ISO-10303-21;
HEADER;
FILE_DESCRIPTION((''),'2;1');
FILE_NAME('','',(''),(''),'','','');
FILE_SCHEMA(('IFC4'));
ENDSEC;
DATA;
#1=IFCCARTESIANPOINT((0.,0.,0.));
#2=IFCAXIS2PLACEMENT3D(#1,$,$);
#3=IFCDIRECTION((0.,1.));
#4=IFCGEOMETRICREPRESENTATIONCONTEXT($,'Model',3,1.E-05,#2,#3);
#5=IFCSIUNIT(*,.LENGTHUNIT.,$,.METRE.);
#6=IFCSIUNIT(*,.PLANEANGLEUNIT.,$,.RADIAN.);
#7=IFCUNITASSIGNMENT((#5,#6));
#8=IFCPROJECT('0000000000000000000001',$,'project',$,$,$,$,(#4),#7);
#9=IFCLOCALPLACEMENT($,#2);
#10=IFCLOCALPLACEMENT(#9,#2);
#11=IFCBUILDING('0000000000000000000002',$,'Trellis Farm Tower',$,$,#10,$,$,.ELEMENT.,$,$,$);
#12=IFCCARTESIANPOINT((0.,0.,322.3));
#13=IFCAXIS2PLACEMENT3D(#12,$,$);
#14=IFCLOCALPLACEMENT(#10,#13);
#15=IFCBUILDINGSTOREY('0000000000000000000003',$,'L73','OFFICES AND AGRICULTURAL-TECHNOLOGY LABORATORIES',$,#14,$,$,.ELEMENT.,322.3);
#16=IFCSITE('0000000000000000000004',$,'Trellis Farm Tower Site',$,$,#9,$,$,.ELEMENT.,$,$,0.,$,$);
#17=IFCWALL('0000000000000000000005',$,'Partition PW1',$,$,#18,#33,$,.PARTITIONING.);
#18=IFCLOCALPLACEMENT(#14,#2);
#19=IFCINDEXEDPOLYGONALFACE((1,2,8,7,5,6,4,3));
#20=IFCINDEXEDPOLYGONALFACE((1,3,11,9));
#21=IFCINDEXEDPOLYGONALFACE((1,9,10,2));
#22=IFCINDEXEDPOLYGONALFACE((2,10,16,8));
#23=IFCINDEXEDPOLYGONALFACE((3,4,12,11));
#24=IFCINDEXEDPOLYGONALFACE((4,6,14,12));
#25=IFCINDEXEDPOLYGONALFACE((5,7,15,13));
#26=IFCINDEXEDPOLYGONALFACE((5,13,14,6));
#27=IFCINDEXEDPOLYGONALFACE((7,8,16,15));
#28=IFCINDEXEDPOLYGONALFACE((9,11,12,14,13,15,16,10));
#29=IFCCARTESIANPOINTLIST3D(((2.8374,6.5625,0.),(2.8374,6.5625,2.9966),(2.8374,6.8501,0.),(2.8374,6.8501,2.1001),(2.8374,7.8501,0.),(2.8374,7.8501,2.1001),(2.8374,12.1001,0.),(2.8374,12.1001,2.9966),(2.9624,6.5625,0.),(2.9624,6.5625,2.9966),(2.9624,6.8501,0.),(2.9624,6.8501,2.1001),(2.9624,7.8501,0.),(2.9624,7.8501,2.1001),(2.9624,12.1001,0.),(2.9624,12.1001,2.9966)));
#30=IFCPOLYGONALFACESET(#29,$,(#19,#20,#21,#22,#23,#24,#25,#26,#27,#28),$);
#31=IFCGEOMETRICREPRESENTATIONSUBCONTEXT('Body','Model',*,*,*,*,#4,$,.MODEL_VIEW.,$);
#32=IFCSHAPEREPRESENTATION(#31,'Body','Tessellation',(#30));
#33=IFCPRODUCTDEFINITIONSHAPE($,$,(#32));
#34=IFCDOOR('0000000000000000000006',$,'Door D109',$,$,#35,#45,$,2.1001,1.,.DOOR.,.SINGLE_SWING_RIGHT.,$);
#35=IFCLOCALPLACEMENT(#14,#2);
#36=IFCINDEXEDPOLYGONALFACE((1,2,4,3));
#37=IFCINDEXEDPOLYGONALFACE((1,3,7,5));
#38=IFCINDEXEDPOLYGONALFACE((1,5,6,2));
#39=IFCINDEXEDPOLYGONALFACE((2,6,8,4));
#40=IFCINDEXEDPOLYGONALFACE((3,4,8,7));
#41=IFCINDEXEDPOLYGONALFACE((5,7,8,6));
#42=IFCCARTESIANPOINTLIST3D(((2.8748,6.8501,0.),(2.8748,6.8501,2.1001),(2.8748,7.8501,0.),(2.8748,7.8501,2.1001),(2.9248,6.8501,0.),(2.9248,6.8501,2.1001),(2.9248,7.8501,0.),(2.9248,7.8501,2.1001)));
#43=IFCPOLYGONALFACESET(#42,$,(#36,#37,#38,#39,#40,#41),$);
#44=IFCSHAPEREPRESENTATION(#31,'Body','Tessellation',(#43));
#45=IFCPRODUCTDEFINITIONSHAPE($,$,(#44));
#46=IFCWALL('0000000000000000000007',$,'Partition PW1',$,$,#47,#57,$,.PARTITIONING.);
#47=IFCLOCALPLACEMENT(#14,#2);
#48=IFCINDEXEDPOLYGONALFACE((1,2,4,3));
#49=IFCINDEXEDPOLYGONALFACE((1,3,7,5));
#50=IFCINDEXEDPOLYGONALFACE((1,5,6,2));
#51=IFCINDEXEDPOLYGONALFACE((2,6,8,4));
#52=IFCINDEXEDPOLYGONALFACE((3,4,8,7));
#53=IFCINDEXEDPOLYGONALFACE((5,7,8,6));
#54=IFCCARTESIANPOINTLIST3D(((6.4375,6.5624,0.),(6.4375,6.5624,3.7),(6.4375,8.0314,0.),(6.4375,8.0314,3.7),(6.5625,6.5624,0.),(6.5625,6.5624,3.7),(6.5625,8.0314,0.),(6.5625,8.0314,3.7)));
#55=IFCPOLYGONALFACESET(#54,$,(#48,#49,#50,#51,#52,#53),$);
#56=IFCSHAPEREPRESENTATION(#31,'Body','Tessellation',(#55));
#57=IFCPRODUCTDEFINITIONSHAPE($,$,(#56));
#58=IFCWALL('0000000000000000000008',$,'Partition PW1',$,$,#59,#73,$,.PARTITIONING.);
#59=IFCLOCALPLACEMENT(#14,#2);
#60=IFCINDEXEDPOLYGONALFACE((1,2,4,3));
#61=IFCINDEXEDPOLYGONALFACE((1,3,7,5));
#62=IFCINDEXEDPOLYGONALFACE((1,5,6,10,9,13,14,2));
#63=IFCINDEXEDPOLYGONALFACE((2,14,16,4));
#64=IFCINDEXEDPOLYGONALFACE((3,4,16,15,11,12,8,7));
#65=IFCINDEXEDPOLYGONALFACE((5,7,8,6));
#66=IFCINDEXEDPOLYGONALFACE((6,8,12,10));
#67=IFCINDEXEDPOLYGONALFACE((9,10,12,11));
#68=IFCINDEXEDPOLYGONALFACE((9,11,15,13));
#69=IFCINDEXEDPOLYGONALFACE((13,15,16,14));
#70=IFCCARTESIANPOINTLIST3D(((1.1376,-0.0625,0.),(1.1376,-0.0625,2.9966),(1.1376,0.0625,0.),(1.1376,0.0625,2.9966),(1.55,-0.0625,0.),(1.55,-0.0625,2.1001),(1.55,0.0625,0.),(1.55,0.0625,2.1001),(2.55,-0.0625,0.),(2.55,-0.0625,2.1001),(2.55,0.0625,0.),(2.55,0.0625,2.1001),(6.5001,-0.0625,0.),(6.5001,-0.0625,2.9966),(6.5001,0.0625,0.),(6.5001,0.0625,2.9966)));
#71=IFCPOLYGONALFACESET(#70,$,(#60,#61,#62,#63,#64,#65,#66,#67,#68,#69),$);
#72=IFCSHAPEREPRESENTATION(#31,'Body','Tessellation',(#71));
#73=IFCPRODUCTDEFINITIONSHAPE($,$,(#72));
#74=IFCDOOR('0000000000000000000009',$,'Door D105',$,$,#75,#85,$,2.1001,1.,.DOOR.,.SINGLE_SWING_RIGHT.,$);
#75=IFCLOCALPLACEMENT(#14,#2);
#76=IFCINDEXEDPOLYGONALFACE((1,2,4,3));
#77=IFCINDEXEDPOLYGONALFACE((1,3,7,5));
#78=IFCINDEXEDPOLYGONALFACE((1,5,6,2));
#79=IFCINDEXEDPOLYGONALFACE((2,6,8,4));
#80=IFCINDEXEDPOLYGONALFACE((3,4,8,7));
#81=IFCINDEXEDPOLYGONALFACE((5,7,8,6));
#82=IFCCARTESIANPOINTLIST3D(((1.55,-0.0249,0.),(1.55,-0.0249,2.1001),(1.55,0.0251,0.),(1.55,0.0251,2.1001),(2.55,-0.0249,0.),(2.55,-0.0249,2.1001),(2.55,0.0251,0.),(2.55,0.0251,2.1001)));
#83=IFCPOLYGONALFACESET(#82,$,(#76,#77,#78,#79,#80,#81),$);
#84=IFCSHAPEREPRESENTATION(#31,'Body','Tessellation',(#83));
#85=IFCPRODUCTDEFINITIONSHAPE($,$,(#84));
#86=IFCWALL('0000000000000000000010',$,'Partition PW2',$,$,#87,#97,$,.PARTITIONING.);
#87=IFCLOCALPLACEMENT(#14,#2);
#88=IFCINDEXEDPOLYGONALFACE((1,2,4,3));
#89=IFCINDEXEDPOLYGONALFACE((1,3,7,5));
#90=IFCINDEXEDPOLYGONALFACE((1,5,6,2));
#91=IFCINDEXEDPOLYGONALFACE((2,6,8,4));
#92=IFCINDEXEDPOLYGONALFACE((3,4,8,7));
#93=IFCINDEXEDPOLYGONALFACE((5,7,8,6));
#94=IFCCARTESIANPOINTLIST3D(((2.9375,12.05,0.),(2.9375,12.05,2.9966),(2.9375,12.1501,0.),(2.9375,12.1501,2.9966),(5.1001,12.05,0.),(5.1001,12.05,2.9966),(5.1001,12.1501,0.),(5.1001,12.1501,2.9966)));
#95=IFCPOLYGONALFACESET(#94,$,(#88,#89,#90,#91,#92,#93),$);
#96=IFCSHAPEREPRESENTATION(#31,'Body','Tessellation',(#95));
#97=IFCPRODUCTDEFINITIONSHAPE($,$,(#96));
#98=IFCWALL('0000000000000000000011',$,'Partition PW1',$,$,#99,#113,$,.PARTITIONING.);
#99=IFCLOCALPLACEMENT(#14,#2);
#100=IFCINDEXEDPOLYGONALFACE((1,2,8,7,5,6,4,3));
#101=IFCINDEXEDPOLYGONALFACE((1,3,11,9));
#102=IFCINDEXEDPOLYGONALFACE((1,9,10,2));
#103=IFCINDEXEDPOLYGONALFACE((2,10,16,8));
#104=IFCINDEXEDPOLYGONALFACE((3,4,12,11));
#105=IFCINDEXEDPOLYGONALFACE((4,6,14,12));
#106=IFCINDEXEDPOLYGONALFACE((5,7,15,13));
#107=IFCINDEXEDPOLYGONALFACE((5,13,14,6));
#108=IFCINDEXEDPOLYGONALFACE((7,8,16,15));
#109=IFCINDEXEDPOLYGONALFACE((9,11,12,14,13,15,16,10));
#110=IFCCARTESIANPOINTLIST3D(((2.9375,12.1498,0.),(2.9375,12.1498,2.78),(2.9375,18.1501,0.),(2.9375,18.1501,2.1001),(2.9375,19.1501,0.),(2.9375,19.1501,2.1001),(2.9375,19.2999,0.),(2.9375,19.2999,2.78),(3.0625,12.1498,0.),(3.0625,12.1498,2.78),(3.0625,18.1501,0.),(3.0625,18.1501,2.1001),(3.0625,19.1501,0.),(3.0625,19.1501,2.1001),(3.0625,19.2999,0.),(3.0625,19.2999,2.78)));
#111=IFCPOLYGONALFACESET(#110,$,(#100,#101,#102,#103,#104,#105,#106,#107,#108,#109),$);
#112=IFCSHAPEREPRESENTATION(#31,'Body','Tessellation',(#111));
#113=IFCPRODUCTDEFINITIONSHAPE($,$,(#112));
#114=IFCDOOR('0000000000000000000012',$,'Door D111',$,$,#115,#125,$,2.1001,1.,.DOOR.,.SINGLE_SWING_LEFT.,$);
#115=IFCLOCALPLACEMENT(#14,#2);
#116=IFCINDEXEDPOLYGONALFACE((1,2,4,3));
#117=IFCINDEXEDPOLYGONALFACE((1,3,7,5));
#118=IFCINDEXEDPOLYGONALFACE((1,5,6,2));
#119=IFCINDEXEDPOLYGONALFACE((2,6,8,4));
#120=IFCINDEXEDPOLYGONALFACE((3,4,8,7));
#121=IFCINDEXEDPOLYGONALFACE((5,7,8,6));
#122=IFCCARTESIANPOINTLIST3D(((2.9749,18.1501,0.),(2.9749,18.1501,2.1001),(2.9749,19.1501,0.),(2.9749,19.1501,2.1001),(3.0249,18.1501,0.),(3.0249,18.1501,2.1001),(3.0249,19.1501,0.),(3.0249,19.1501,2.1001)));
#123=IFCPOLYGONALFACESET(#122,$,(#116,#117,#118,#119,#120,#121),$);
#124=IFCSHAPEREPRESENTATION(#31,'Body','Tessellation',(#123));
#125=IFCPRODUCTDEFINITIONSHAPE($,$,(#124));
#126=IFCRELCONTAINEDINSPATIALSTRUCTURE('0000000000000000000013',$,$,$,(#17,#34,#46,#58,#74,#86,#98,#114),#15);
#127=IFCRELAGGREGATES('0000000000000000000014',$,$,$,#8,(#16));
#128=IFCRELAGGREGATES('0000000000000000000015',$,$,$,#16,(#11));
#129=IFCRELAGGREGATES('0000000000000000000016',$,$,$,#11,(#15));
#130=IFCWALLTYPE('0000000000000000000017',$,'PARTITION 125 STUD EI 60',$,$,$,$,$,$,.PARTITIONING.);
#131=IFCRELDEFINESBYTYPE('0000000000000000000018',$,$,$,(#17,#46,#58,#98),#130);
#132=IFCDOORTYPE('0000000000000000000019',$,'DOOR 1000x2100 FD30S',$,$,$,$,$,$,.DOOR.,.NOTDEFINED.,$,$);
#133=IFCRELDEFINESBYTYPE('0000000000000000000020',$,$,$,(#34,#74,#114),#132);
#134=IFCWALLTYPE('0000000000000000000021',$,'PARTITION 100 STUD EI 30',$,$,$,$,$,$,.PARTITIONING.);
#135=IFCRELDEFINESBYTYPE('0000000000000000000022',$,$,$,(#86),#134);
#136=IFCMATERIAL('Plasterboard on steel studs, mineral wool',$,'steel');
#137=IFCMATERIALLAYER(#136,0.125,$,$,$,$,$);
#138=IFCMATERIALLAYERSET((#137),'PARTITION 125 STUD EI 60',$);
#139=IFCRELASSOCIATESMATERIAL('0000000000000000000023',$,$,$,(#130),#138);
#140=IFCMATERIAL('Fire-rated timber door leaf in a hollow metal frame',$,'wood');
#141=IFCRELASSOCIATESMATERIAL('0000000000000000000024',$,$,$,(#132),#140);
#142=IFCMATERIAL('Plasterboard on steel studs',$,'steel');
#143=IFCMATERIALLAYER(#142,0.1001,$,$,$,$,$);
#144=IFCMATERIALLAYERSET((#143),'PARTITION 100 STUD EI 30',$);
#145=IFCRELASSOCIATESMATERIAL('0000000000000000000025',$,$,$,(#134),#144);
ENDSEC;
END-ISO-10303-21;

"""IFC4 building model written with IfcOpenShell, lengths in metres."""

from ifc_helpers import new_model, si_unit, direction, frame, frame_2d, origin, place, context, subcontext, project, spatial, rectangle, extrude, source, transform, mapped, material, layer, layer_set, type_object, element, fill, save


model = new_model("IFC4")

# Units and contexts
model_context = context("Model", 3, precision=1e-05, world=origin(), true_north=direction((0.0, 1.0)))
body_context = subcontext(model_context, "Body", "Model", "MODEL_VIEW")
ifc_project = project(units=[si_unit("LENGTHUNIT", "METRE"), si_unit("PLANEANGLEUNIT", "RADIAN")], contexts=[model_context])

# Site, building, storey
site_placement = place(None, origin())
site = spatial("IfcSite", under=ifc_project, at=site_placement, Name="Trellis Farm Tower Site", CompositionType="ELEMENT", RefElevation=0.0)
building_placement = place(site_placement, origin())
building = spatial("IfcBuilding", under=site, at=building_placement, Name="Trellis Farm Tower", CompositionType="ELEMENT")
storey_placement = place(building_placement, frame((0.0, 0.0, 322.3)))
storey = spatial("IfcBuildingStorey", under=building, at=storey_placement, Name="L73", Description="OFFICES AND AGRICULTURAL-TECHNOLOGY LABORATORIES", CompositionType="ELEMENT", Elevation=322.3)

# Wall, opening, door
ifc_material_1 = material(Name="Plasterboard on steel studs, mineral wool", Category="steel")
ifc_layer_1 = layer(ifc_material_1, 0.125)
ifc_layer_set_1 = layer_set([ifc_layer_1], Name="PARTITION 125 STUD EI 60")
wall_type_1 = type_object("IfcWallType", Name="PARTITION 125 STUD EI 60", PredefinedType="PARTITIONING", material=ifc_layer_set_1)
shared_shape_1 = source(origin(), body_context, "Body", "SweptSolid", [
    extrude(rectangle(XDim=5.5376, YDim=0.125, at=frame_2d((2.7688, 0.0))), origin(), (0.0, 0.0, 1.0), 2.9966),
])
wall_1_placement = place(storey_placement, frame((2.8999, 12.1001, 0.0), z_axis=(0.0, 0.0, 1.0), x_axis=(0.0, -1.0, 0.0)))
wall_1 = element("IfcWall", 1, at=wall_1_placement, inside=storey, type_object=wall_type_1, Name="Partition PW1", PredefinedType="PARTITIONING", context=body_context, shape_type="MappedRepresentation", body=[
    mapped(shared_shape_1, transform((0.0, 0.0, 0.0))),
])
shared_shape_2 = source(origin(), body_context, "Body", "SweptSolid", [
    extrude(rectangle(XDim=1.0, YDim=2.1001, at=frame_2d((0.5, 1.05))), frame((0.0, 0.0725, 0.0), z_axis=(0.0, -1.0, 0.0), x_axis=(1.0, 0.0, 0.0)), (0.0, 0.0, 1.0), 0.145),
])
opening_1_placement = place(wall_1_placement, frame((4.25, 0.0, 0.0)))
opening_1 = element("IfcOpeningElement", 2, at=opening_1_placement, cuts=wall_1, PredefinedType="OPENING", context=body_context, shape_type="MappedRepresentation", body=[
    mapped(shared_shape_2, transform((0.0, 0.0, 0.0))),
])
ifc_material_2 = material(Name="Fire-rated timber door leaf in a hollow metal frame", Category="wood")
door_type_1 = type_object("IfcDoorType", Name="DOOR 1000x2100 FD30S", OperationType="NOTDEFINED", PredefinedType="DOOR", material=ifc_material_2)
shared_shape_3 = source(origin(), body_context, "Body", "SweptSolid", [
    extrude(rectangle(XDim=1.0, YDim=2.1001, at=frame_2d((0.5, 1.05))), frame((0.0, 0.0249, 0.0), z_axis=(0.0, -1.0, 0.0), x_axis=(1.0, 0.0, 0.0)), (0.0, 0.0, 1.0), 0.05),
])
door_1_placement = place(opening_1_placement, origin())
door_1 = element("IfcDoor", 3, at=door_1_placement, inside=storey, type_object=door_type_1, Name="Door D109", OperationType="SINGLE_SWING_RIGHT", OverallHeight=2.1001, OverallWidth=1.0, PredefinedType="DOOR", context=body_context, shape_type="MappedRepresentation", body=[
    mapped(shared_shape_3, transform((0.0, 0.0, 0.0))),
])
fill(opening_1, door_1)

# Wall
shared_shape_4 = source(origin(), body_context, "Body", "SweptSolid", [
    extrude(rectangle(XDim=1.469, YDim=0.125, at=frame_2d((0.7344, 0.0))), origin(), (0.0, 0.0, 1.0), 3.7),
])
wall_2_placement = place(storey_placement, frame((6.5, 6.5625, 0.0), z_axis=(0.0, 0.0, 1.0), x_axis=(0.0, 1.0, 0.0)))
element("IfcWall", 4, at=wall_2_placement, inside=storey, type_object=wall_type_1, Name="Partition PW1", PredefinedType="PARTITIONING", context=body_context, shape_type="MappedRepresentation", body=[
    mapped(shared_shape_4, transform((0.0, 0.0, 0.0))),
])

# Wall, opening, door
shared_shape_5 = source(origin(), body_context, "Body", "SweptSolid", [
    extrude(rectangle(XDim=5.3625, YDim=0.125, at=frame_2d((2.6812, 0.0))), origin(), (0.0, 0.0, 1.0), 2.9966),
])
wall_3_placement = place(storey_placement, frame((6.5, 0.0, 0.0), z_axis=(0.0, 0.0, 1.0), x_axis=(-1.0, 0.0, 0.0)))
wall_3 = element("IfcWall", 5, at=wall_3_placement, inside=storey, type_object=wall_type_1, Name="Partition PW1", PredefinedType="PARTITIONING", context=body_context, shape_type="MappedRepresentation", body=[
    mapped(shared_shape_5, transform((0.0, 0.0, 0.0))),
])
opening_2_placement = place(wall_3_placement, frame((3.95, 0.0, 0.0)))
opening_2 = element("IfcOpeningElement", 6, at=opening_2_placement, cuts=wall_3, PredefinedType="OPENING", context=body_context, shape_type="MappedRepresentation", body=[
    mapped(shared_shape_2, transform((0.0, 0.0, 0.0))),
])
door_2_placement = place(opening_2_placement, origin())
door_2 = element("IfcDoor", 7, at=door_2_placement, inside=storey, type_object=door_type_1, Name="Door D105", OperationType="SINGLE_SWING_RIGHT", OverallHeight=2.1001, OverallWidth=1.0, PredefinedType="DOOR", context=body_context, shape_type="MappedRepresentation", body=[
    mapped(shared_shape_3, transform((0.0, 0.0, 0.0))),
])
fill(opening_2, door_2)

# Wall
ifc_material_3 = material(Name="Plasterboard on steel studs", Category="steel")
ifc_layer_2 = layer(ifc_material_3, 0.1001)
ifc_layer_set_2 = layer_set([ifc_layer_2], Name="PARTITION 100 STUD EI 30")
wall_type_2 = type_object("IfcWallType", Name="PARTITION 100 STUD EI 30", PredefinedType="PARTITIONING", material=ifc_layer_set_2)
shared_shape_6 = source(origin(), body_context, "Body", "SweptSolid", [
    extrude(rectangle(XDim=2.1626, YDim=0.1001, at=frame_2d((1.0813, 0.0))), origin(), (0.0, 0.0, 1.0), 2.9966),
])
wall_4_placement = place(storey_placement, frame((2.9375, 12.1001, 0.0), z_axis=(0.0, 0.0, 1.0), x_axis=(1.0, 0.0, 0.0)))
element("IfcWall", 8, at=wall_4_placement, inside=storey, type_object=wall_type_2, Name="Partition PW2", PredefinedType="PARTITIONING", context=body_context, shape_type="MappedRepresentation", body=[
    mapped(shared_shape_6, transform((0.0, 0.0, 0.0))),
])

# Wall, opening, door
shared_shape_7 = source(origin(), body_context, "Body", "SweptSolid", [
    extrude(rectangle(XDim=7.1501, YDim=0.125, at=frame_2d((3.5752, 0.0))), origin(), (0.0, 0.0, 1.0), 2.78),
])
wall_5_placement = place(storey_placement, frame((3.0, 19.3, 0.0), z_axis=(0.0, 0.0, 1.0), x_axis=(0.0, -1.0, 0.0)))
wall_5 = element("IfcWall", 9, at=wall_5_placement, inside=storey, type_object=wall_type_1, Name="Partition PW1", PredefinedType="PARTITIONING", context=body_context, shape_type="MappedRepresentation", body=[
    mapped(shared_shape_7, transform((0.0, 0.0, 0.0))),
])
opening_3_placement = place(wall_5_placement, frame((0.1499, 0.0, 0.0)))
opening_3 = element("IfcOpeningElement", 10, at=opening_3_placement, cuts=wall_5, PredefinedType="OPENING", context=body_context, shape_type="MappedRepresentation", body=[
    mapped(shared_shape_2, transform((0.0, 0.0, 0.0))),
])
door_3_placement = place(opening_3_placement, origin())
door_3 = element("IfcDoor", 11, at=door_3_placement, inside=storey, type_object=door_type_1, Name="Door D111", OperationType="SINGLE_SWING_LEFT", OverallHeight=2.1001, OverallWidth=1.0, PredefinedType="DOOR", context=body_context, shape_type="MappedRepresentation", body=[
    mapped(shared_shape_3, transform((0.0, 0.0, 0.0))),
])
fill(opening_3, door_3)

save(model, "model.ifc")
